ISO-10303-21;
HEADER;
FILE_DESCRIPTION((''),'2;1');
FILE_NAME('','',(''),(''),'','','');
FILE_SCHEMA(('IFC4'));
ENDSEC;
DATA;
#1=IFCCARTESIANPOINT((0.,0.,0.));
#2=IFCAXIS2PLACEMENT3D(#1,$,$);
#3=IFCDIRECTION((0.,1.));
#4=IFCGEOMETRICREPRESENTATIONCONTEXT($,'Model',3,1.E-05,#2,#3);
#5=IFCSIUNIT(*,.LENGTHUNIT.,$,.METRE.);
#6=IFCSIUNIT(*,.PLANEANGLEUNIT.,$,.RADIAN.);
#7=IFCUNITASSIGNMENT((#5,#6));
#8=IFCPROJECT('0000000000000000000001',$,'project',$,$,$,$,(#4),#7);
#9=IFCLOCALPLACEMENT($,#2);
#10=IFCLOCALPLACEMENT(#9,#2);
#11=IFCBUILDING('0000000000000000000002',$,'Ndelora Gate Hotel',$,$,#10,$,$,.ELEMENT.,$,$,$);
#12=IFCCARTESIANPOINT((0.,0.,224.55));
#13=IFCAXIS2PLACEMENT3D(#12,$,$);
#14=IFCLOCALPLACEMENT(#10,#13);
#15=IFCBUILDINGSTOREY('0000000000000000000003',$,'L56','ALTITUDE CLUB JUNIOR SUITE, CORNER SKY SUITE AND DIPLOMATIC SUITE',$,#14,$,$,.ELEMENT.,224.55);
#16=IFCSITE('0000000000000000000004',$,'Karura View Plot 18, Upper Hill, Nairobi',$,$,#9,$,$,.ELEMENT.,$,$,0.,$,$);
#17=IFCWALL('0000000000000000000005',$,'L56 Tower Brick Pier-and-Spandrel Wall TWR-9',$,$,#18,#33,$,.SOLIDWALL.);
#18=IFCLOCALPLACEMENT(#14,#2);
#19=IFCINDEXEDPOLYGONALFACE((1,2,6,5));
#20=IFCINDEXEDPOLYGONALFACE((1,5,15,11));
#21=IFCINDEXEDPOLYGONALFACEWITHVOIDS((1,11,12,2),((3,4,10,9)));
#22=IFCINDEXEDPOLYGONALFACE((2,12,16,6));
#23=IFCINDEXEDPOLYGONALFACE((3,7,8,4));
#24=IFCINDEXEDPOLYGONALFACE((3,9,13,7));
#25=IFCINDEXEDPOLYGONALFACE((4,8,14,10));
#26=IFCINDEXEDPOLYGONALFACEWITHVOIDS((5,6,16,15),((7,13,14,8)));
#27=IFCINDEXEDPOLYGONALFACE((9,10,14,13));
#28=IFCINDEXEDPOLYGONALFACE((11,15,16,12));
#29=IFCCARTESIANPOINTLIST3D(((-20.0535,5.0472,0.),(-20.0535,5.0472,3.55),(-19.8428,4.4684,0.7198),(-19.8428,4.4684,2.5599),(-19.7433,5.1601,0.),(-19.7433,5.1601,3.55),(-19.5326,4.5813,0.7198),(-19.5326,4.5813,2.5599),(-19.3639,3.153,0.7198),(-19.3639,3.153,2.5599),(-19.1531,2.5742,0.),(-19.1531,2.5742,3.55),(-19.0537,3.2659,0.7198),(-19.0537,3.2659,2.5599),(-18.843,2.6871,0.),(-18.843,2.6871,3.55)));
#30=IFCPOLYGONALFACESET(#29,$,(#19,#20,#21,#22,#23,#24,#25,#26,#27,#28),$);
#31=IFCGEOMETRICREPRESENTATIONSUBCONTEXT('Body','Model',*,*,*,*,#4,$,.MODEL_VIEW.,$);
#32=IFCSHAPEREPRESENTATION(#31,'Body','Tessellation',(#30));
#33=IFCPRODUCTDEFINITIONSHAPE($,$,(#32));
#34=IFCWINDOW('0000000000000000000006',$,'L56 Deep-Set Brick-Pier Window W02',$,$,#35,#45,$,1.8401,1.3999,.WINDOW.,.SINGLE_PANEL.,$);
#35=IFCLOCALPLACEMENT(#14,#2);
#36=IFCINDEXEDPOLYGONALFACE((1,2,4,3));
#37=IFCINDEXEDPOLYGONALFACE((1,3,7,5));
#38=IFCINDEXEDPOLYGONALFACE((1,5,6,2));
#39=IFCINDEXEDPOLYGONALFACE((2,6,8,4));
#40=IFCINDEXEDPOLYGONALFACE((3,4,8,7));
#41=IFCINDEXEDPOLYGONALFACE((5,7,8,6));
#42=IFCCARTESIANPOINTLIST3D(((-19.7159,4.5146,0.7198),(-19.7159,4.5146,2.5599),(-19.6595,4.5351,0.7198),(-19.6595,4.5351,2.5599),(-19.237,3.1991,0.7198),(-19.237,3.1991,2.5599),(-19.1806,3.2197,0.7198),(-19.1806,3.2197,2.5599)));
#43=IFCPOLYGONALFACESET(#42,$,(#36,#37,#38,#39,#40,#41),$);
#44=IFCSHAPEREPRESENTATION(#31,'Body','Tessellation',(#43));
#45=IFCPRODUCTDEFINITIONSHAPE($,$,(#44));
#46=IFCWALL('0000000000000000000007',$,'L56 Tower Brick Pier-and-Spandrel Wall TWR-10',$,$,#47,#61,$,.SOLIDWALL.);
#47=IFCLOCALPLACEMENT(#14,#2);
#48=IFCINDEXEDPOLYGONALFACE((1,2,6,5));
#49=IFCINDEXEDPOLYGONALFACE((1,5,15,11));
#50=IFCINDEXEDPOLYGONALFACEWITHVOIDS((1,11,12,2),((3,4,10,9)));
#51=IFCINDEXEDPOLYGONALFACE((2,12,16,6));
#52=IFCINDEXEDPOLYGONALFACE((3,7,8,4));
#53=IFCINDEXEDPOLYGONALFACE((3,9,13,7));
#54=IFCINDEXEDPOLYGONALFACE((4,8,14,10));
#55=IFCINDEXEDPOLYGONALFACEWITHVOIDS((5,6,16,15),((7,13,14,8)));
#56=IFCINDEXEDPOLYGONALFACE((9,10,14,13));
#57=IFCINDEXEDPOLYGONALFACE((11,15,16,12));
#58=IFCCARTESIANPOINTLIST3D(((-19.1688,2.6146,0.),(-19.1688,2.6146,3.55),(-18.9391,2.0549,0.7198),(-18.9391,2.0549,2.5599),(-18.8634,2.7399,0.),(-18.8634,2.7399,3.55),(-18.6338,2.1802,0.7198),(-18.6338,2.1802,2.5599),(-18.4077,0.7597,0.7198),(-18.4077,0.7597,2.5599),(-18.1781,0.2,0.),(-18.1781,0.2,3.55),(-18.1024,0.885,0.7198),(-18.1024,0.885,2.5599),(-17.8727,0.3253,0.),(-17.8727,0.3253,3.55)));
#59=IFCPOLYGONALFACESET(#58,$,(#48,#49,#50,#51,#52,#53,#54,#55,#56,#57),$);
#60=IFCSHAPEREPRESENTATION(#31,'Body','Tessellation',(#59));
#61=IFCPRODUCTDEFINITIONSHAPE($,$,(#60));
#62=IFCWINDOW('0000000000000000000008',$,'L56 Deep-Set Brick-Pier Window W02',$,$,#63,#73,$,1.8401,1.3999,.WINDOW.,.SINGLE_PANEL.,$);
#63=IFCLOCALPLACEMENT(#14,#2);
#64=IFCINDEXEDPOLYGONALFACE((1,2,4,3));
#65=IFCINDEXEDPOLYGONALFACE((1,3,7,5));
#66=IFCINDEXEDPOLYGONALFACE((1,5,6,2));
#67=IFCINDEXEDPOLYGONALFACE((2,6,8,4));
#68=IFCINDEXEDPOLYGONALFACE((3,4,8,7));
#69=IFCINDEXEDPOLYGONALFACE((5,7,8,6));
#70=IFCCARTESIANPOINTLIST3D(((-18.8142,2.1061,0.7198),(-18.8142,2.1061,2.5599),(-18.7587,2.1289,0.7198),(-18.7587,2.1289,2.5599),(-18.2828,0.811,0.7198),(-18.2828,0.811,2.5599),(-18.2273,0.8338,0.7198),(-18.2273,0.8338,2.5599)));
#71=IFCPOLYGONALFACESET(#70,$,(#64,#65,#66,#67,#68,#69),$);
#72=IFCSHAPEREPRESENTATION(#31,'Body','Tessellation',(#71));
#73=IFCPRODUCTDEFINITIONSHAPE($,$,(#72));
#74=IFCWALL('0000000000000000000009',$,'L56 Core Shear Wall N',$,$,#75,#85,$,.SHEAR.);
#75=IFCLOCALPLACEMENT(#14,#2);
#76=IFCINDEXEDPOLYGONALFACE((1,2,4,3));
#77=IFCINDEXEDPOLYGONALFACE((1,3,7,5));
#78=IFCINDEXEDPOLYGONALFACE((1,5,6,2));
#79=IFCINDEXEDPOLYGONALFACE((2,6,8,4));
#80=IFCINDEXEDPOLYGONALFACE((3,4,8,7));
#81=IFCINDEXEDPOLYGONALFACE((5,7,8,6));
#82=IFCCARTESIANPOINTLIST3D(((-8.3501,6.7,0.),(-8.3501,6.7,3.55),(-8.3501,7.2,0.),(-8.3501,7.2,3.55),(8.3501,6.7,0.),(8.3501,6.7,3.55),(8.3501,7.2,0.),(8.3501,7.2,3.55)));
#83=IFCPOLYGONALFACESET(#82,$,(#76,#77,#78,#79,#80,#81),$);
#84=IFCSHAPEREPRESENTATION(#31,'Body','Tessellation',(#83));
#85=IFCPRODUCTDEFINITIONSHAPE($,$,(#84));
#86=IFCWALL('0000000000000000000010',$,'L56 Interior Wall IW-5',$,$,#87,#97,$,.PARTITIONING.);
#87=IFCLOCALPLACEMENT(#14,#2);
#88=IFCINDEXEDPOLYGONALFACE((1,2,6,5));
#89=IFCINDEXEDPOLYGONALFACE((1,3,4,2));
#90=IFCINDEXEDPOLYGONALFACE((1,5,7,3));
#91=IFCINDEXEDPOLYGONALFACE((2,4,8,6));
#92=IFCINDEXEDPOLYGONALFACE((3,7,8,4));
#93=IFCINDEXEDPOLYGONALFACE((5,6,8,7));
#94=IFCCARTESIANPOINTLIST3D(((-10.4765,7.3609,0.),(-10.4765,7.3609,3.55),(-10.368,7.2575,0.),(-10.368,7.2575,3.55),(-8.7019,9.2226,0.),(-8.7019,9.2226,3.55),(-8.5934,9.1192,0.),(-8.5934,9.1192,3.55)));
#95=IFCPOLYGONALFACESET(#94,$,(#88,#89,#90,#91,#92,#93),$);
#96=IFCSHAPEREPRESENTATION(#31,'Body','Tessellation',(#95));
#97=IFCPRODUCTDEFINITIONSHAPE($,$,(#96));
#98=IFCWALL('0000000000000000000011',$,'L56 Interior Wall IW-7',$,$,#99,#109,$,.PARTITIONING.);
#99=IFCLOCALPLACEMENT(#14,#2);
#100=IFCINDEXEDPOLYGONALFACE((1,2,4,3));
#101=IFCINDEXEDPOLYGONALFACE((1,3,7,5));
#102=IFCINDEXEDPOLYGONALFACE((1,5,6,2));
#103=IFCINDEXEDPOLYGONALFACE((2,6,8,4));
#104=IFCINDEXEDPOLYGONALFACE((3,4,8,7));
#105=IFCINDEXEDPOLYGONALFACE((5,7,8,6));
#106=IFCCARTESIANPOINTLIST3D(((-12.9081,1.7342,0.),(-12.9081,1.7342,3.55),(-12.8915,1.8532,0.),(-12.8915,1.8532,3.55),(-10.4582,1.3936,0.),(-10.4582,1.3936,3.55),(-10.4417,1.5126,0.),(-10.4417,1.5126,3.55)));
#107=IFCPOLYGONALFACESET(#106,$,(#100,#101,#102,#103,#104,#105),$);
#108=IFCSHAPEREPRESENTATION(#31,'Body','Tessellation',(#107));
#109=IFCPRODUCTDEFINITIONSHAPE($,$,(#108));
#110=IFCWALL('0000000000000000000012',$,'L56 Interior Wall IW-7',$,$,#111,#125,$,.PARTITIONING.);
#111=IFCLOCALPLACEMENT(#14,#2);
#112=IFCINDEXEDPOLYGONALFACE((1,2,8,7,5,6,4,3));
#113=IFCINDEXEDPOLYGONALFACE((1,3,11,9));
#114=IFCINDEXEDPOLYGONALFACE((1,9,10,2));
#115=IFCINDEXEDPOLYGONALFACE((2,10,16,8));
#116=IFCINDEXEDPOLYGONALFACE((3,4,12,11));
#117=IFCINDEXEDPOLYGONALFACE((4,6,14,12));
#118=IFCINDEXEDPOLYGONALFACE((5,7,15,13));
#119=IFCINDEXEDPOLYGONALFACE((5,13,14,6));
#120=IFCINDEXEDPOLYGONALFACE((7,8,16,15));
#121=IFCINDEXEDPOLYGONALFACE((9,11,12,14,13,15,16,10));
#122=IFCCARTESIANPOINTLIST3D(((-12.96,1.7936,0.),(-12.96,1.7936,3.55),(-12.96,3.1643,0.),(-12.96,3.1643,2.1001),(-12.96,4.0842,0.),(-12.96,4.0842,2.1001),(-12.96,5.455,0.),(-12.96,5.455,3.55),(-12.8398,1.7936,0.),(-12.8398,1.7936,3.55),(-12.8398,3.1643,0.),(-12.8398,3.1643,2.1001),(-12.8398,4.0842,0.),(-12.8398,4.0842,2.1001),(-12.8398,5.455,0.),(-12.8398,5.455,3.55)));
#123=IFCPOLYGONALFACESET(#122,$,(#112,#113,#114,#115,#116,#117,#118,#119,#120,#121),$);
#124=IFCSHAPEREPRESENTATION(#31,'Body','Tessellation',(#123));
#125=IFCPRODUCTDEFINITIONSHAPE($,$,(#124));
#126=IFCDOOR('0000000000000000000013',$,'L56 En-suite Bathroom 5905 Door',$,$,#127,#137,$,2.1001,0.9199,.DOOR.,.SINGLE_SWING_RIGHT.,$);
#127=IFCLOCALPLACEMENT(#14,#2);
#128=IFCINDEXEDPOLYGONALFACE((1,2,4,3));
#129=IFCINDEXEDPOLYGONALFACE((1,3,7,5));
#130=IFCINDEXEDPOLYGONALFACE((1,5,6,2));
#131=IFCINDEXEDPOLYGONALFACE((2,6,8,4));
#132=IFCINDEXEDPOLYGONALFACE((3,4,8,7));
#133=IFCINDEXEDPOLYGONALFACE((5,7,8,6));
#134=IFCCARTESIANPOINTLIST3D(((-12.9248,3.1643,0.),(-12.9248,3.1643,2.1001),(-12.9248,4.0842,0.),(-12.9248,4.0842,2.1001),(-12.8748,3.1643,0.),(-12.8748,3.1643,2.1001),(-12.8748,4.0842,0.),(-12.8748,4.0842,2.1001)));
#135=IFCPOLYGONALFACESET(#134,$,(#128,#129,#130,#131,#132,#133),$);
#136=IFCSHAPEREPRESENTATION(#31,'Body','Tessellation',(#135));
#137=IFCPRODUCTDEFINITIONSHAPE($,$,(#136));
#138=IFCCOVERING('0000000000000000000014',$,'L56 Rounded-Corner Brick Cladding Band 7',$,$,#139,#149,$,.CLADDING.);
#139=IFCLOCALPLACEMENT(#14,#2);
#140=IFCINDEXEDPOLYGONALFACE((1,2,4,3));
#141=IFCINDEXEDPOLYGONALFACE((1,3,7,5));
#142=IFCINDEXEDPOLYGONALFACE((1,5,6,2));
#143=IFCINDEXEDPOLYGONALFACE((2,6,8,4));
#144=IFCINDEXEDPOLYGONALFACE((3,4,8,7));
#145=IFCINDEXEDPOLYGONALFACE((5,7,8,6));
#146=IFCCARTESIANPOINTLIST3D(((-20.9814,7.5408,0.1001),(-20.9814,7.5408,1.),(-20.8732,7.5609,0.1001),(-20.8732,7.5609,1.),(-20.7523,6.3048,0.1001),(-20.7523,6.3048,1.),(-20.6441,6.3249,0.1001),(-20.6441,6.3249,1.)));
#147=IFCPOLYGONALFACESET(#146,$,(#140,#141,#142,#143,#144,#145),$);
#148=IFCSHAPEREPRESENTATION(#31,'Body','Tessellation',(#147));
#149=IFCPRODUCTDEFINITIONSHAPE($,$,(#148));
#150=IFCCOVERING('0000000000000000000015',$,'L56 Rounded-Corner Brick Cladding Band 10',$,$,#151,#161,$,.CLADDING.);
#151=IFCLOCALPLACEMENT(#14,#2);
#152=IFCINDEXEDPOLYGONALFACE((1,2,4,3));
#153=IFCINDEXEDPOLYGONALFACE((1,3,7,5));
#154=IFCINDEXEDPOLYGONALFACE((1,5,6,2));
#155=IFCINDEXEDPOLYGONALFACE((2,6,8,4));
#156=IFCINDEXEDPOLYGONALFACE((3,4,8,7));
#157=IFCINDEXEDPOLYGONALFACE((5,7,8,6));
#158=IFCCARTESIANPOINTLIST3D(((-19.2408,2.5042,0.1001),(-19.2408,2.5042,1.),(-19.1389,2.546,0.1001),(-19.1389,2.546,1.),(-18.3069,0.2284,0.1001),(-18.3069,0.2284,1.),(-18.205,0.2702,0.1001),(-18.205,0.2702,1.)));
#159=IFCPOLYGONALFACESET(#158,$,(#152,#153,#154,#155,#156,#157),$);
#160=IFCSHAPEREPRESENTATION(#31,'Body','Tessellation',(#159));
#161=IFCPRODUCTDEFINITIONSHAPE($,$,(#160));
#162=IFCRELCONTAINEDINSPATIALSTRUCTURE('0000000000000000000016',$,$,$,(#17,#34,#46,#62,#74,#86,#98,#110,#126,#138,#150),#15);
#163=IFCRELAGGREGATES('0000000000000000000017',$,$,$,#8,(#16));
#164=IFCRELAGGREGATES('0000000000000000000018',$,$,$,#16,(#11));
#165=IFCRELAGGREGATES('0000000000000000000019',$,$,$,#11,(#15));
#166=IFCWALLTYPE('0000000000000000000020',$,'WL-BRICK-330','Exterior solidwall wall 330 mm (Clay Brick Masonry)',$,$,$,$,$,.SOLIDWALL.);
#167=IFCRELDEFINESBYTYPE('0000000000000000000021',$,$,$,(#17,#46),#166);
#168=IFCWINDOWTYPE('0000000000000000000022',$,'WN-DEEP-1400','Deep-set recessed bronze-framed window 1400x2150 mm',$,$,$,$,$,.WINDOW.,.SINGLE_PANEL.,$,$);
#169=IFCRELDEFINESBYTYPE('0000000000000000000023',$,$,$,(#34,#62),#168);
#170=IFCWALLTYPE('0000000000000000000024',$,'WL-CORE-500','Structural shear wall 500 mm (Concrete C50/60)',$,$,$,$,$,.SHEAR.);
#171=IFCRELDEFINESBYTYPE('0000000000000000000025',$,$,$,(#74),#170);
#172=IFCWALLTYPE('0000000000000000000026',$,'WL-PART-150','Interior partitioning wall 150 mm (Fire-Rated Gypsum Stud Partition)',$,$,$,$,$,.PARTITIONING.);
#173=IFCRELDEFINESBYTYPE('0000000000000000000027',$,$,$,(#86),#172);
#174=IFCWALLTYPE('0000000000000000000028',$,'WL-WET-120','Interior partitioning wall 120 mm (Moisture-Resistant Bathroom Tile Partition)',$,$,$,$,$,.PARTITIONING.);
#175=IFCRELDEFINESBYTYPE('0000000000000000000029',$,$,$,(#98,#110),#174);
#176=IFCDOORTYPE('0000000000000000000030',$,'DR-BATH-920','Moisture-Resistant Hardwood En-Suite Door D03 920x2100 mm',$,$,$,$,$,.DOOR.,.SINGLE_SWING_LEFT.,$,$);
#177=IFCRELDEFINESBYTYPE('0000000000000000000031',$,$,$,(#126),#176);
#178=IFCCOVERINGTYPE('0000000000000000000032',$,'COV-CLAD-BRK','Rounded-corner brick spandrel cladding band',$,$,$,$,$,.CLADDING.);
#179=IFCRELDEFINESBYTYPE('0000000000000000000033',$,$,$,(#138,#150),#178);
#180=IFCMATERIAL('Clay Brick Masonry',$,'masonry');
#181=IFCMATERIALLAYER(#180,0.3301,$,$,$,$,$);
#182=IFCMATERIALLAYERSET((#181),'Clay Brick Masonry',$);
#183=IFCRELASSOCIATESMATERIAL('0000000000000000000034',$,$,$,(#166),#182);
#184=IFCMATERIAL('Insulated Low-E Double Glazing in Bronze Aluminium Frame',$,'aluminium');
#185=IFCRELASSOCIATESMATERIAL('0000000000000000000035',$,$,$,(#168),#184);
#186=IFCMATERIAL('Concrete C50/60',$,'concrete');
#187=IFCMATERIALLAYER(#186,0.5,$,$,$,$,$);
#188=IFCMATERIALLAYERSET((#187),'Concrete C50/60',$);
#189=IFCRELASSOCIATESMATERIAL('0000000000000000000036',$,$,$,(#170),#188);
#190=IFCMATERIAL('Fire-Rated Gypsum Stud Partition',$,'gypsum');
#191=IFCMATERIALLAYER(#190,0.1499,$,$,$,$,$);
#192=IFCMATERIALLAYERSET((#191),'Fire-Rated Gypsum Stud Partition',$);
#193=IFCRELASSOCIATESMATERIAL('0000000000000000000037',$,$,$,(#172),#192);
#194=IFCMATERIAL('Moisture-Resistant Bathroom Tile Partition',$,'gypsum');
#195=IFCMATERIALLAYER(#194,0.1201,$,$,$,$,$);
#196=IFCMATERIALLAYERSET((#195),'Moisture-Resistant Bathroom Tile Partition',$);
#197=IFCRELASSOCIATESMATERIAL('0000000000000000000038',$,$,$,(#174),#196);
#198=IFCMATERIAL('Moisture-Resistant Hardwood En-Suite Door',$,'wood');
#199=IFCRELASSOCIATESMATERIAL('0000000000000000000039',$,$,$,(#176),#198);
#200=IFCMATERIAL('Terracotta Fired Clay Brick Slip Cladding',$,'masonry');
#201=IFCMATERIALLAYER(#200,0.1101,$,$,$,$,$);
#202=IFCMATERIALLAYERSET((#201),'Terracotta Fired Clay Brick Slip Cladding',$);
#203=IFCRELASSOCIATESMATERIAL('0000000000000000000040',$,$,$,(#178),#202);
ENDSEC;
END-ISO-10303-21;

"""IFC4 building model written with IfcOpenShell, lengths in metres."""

from ifc_helpers import new_model, si_unit, direction, frame, frame_2d, origin, origin_2d, place, context, subcontext, project, spatial, rectangle, extrude, material, layer, layer_set, type_object, element, fill, save


model = new_model("IFC4")

# Units and contexts
model_context = context("Model", 3, precision=1e-05, world=origin(), true_north=direction((0.0, 1.0)))
body_context = subcontext(model_context, "Body", "Model", "MODEL_VIEW")
ifc_project = project(units=[si_unit("LENGTHUNIT", "METRE"), si_unit("PLANEANGLEUNIT", "RADIAN")], contexts=[model_context])

# Site, building, storey
site_placement = place(None, origin())
site = spatial("IfcSite", under=ifc_project, at=site_placement, Name="Karura View Plot 18, Upper Hill, Nairobi", CompositionType="ELEMENT", RefElevation=0.0)
building_placement = place(site_placement, origin())
building = spatial("IfcBuilding", under=site, at=building_placement, Name="Ndelora Gate Hotel", CompositionType="ELEMENT")
storey_placement = place(building_placement, frame((0.0, 0.0, 224.55)))
storey = spatial("IfcBuildingStorey", under=building, at=storey_placement, Name="L56", Description="ALTITUDE CLUB JUNIOR SUITE, CORNER SKY SUITE AND DIPLOMATIC SUITE", CompositionType="ELEMENT", Elevation=224.55)

# Shared definitions
ifc_material_1 = material(Name="Concrete C50/60", Category="concrete")

# Shared definitions
ifc_material_2 = material(Name="Clay Brick Masonry", Category="masonry")
ifc_layer_1 = layer(ifc_material_2, 0.3301)
ifc_layer_set_1 = layer_set([ifc_layer_1], Name="Clay Brick Masonry")
wall_type_1 = type_object("IfcWallType", Name="WL-BRICK-330", Description="Exterior solidwall wall 330 mm (Clay Brick Masonry)", PredefinedType="SOLIDWALL", material=ifc_layer_set_1)

# Walls, openings, windows
wall_1_placement = place(storey_placement, frame((-18.998, 2.6306, 0.0), z_axis=(0.0, 0.0, 1.0), x_axis=(-0.342101, 0.939663, 0.0)))
wall_1 = element("IfcWall", 1, at=wall_1_placement, inside=storey, type_object=wall_type_1, Name="L56 Tower Brick Pier-and-Spandrel Wall TWR-9", PredefinedType="SOLIDWALL", context=body_context, shape_type="SweptSolid", body=[
    extrude(rectangle(XDim=2.6318, YDim=0.3301, at=frame_2d((1.3159, 0.0))), origin(), (0.0, 0.0, 1.0), 3.55),
])
opening_1_placement = place(wall_1_placement, frame((0.616, 0.0, 0.72)))
opening_1 = element("IfcOpeningElement", 2, at=opening_1_placement, cuts=wall_1, PredefinedType="OPENING", context=body_context, shape_type="SweptSolid", body=[
    extrude(rectangle(XDim=1.3999, YDim=1.8401, at=frame_2d((0.7, 0.9199))), frame((0.0, 0.175, 0.0), z_axis=(0.0, -1.0, 0.0), x_axis=(1.0, 0.0, 0.0)), (0.0, 0.0, 1.0), 0.3501),
])
ifc_material_3 = material(Name="Insulated Low-E Double Glazing in Bronze Aluminium Frame", Category="aluminium")
window_type = type_object("IfcWindowType", Name="WN-DEEP-1400", Description="Deep-set recessed bronze-framed window 1400x2150 mm", PartitioningType="SINGLE_PANEL", PredefinedType="WINDOW", material=ifc_material_3)
window_1_placement = place(opening_1_placement, origin())
window_1 = element("IfcWindow", 3, at=window_1_placement, inside=storey, type_object=window_type, Name="L56 Deep-Set Brick-Pier Window W02", OverallHeight=1.8401, OverallWidth=1.3999, PartitioningType="SINGLE_PANEL", PredefinedType="WINDOW", context=body_context, shape_type="SweptSolid", body=[
    extrude(rectangle(XDim=1.3999, YDim=1.8401, at=frame_2d((0.7, 0.9199))), frame((0.0, 0.03, 0.0), z_axis=(0.0, -1.0, 0.0), x_axis=(1.0, 0.0, 0.0)), (0.0, 0.0, 1.0), 0.0601),
])
fill(opening_1, window_1)
wall_2_placement = place(storey_placement, frame((-18.0254, 0.2627, 0.0), z_axis=(0.0, 0.0, 1.0), x_axis=(-0.379602, 0.92515, 0.0)))
wall_2 = element("IfcWall", 4, at=wall_2_placement, inside=storey, type_object=wall_type_1, Name="L56 Tower Brick Pier-and-Spandrel Wall TWR-10", PredefinedType="SOLIDWALL", context=body_context, shape_type="SweptSolid", body=[
    extrude(rectangle(XDim=2.6099, YDim=0.3301, at=frame_2d((1.3049, 0.0))), origin(), (0.0, 0.0, 1.0), 3.55),
])
opening_2_placement = place(wall_2_placement, frame((0.605, 0.0, 0.72)))
opening_2 = element("IfcOpeningElement", 5, at=opening_2_placement, cuts=wall_2, PredefinedType="OPENING", context=body_context, shape_type="SweptSolid", body=[
    extrude(rectangle(XDim=1.3999, YDim=1.8401, at=frame_2d((0.7, 0.9199))), frame((0.0, 0.175, 0.0), z_axis=(0.0, -1.0, 0.0), x_axis=(1.0, 0.0, 0.0)), (0.0, 0.0, 1.0), 0.3501),
])
window_2_placement = place(opening_2_placement, origin())
window_2 = element("IfcWindow", 6, at=window_2_placement, inside=storey, type_object=window_type, Name="L56 Deep-Set Brick-Pier Window W02", OverallHeight=1.8401, OverallWidth=1.3999, PartitioningType="SINGLE_PANEL", PredefinedType="WINDOW", context=body_context, shape_type="SweptSolid", body=[
    extrude(rectangle(XDim=1.3999, YDim=1.8401, at=frame_2d((0.7, 0.9199))), frame((0.0, 0.03, 0.0), z_axis=(0.0, -1.0, 0.0), x_axis=(1.0, 0.0, 0.0)), (0.0, 0.0, 1.0), 0.0601),
])
fill(opening_2, window_2)

# Wall
ifc_layer_2 = layer(ifc_material_1, 0.5)
ifc_layer_set_2 = layer_set([ifc_layer_2], Name="Concrete C50/60")
wall_type_2 = type_object("IfcWallType", Name="WL-CORE-500", Description="Structural shear wall 500 mm (Concrete C50/60)", PredefinedType="SHEAR", material=ifc_layer_set_2)
wall_3_placement = place(storey_placement, frame((-8.3501, 6.95, 0.0), z_axis=(0.0, 0.0, 1.0), x_axis=(1.0, 0.0, 0.0)))
element("IfcWall", 7, at=wall_3_placement, inside=storey, type_object=wall_type_2, Name="L56 Core Shear Wall N", PredefinedType="SHEAR", context=body_context, shape_type="SweptSolid", body=[
    extrude(rectangle(XDim=16.7002, YDim=0.5, at=frame_2d((8.3501, 0.0))), origin(), (0.0, 0.0, 1.0), 3.55),
])

# Wall
ifc_material_4 = material(Name="Fire-Rated Gypsum Stud Partition", Category="gypsum")
ifc_layer_3 = layer(ifc_material_4, 0.1499)
ifc_layer_set_3 = layer_set([ifc_layer_3], Name="Fire-Rated Gypsum Stud Partition")
wall_type_3 = type_object("IfcWallType", Name="WL-PART-150", Description="Interior partitioning wall 150 mm (Fire-Rated Gypsum Stud Partition)", PredefinedType="PARTITIONING", material=ifc_layer_set_3)
wall_4_placement = place(storey_placement, frame((-10.4224, 7.3091, 0.0), z_axis=(0.0, 0.0, 1.0), x_axis=(0.689961, 0.723847, 0.0)))
element("IfcWall", 8, at=wall_4_placement, inside=storey, type_object=wall_type_3, Name="L56 Interior Wall IW-5", PredefinedType="PARTITIONING", context=body_context, shape_type="SweptSolid", body=[
    extrude(rectangle(XDim=2.572, YDim=0.1499, at=frame_2d((1.2861, 0.0))), origin(), (0.0, 0.0, 1.0), 3.55),
])

# Wall
ifc_material_5 = material(Name="Moisture-Resistant Bathroom Tile Partition", Category="gypsum")
ifc_layer_4 = layer(ifc_material_5, 0.1201)
ifc_layer_set_4 = layer_set([ifc_layer_4], Name="Moisture-Resistant Bathroom Tile Partition")
wall_type_4 = type_object("IfcWallType", Name="WL-WET-120", Description="Interior partitioning wall 120 mm (Moisture-Resistant Bathroom Tile Partition)", PredefinedType="PARTITIONING", material=ifc_layer_set_4)
wall_5_placement = place(storey_placement, frame((-12.8999, 1.7937, 0.0), z_axis=(0.0, 0.0, 1.0), x_axis=(0.990475, -0.137689, 0.0)))
element("IfcWall", 9, at=wall_5_placement, inside=storey, type_object=wall_type_4, Name="L56 Interior Wall IW-7", PredefinedType="PARTITIONING", context=body_context, shape_type="SweptSolid", body=[
    extrude(rectangle(XDim=2.4734, YDim=0.1201, at=frame_2d((1.2368, 0.0))), origin(), (0.0, 0.0, 1.0), 3.55),
])

# Wall, opening, door
wall_6_placement = place(storey_placement, frame((-12.8999, 1.7937, 0.0), z_axis=(0.0, 0.0, 1.0), x_axis=(0.0, 1.0, 0.0)))
wall_6 = element("IfcWall", 10, at=wall_6_placement, inside=storey, type_object=wall_type_4, Name="L56 Interior Wall IW-7", PredefinedType="PARTITIONING", context=body_context, shape_type="SweptSolid", body=[
    extrude(rectangle(XDim=3.6614, YDim=0.1201, at=frame_2d((1.8306, 0.0))), origin(), (0.0, 0.0, 1.0), 3.55),
])
opening_3_placement = place(wall_6_placement, frame((1.3706, 0.0, 0.0)))
opening_3 = element("IfcOpeningElement", 11, at=opening_3_placement, cuts=wall_6, PredefinedType="OPENING", context=body_context, shape_type="SweptSolid", body=[
    extrude(rectangle(XDim=0.9199, YDim=2.1001, at=frame_2d((0.46, 1.05))), frame((0.0, 0.0701, 0.0), z_axis=(0.0, -1.0, 0.0), x_axis=(1.0, 0.0, 0.0)), (0.0, 0.0, 1.0), 0.1401),
])
ifc_material_6 = material(Name="Moisture-Resistant Hardwood En-Suite Door", Category="wood")
door_type_1 = type_object("IfcDoorType", Name="DR-BATH-920", Description="Moisture-Resistant Hardwood En-Suite Door D03 920x2100 mm", OperationType="SINGLE_SWING_LEFT", PredefinedType="DOOR", material=ifc_material_6)
door_1_placement = place(opening_3_placement, origin())
door_1 = element("IfcDoor", 12, at=door_1_placement, inside=storey, type_object=door_type_1, Name="L56 En-suite Bathroom 5905 Door", OperationType="SINGLE_SWING_RIGHT", OverallHeight=2.1001, OverallWidth=0.9199, PredefinedType="DOOR", context=body_context, shape_type="SweptSolid", body=[
    extrude(rectangle(XDim=0.9199, YDim=2.1001, at=frame_2d((0.46, 1.05))), frame((0.0, 0.0249, 0.0), z_axis=(0.0, -1.0, 0.0), x_axis=(1.0, 0.0, 0.0)), (0.0, 0.0, 1.0), 0.05),
])
fill(opening_3, door_1)

# Coverings
ifc_material_7 = material(Name="Terracotta Fired Clay Brick Slip Cladding", Category="masonry")
ifc_layer_5 = layer(ifc_material_7, 0.1101)
ifc_layer_set_5 = layer_set([ifc_layer_5], Name="Terracotta Fired Clay Brick Slip Cladding")
covering_type_1 = type_object("IfcCoveringType", Name="COV-CLAD-BRK", Description="Rounded-corner brick spandrel cladding band", PredefinedType="CLADDING", material=ifc_layer_set_5)
covering_1_placement = place(storey_placement, frame((-20.8127, 6.9329, 0.1001), z_axis=(0.0, 0.0, 1.0), x_axis=(-0.182236, 0.983255, 0.0)))
element("IfcCovering", 13, at=covering_1_placement, inside=storey, type_object=covering_type_1, Name="L56 Rounded-Corner Brick Cladding Band 7", PredefinedType="CLADDING", context=body_context, shape_type="SweptSolid", body=[
    extrude(rectangle(XDim=1.2571, YDim=0.1101, at=origin_2d()), origin(), (0.0, 0.0, 1.0), 0.8999),
])
covering_2_placement = place(storey_placement, frame((-18.7229, 1.3872, 0.1001), z_axis=(0.0, 0.0, 1.0), x_axis=(-0.379618, 0.925143, 0.0)))
element("IfcCovering", 14, at=covering_2_placement, inside=storey, type_object=covering_type_1, Name="L56 Rounded-Corner Brick Cladding Band 10", PredefinedType="CLADDING", context=body_context, shape_type="SweptSolid", body=[
    extrude(rectangle(XDim=2.46, YDim=0.1101, at=origin_2d()), origin(), (0.0, 0.0, 1.0), 0.8999),
])

save(model, "model.ifc")
